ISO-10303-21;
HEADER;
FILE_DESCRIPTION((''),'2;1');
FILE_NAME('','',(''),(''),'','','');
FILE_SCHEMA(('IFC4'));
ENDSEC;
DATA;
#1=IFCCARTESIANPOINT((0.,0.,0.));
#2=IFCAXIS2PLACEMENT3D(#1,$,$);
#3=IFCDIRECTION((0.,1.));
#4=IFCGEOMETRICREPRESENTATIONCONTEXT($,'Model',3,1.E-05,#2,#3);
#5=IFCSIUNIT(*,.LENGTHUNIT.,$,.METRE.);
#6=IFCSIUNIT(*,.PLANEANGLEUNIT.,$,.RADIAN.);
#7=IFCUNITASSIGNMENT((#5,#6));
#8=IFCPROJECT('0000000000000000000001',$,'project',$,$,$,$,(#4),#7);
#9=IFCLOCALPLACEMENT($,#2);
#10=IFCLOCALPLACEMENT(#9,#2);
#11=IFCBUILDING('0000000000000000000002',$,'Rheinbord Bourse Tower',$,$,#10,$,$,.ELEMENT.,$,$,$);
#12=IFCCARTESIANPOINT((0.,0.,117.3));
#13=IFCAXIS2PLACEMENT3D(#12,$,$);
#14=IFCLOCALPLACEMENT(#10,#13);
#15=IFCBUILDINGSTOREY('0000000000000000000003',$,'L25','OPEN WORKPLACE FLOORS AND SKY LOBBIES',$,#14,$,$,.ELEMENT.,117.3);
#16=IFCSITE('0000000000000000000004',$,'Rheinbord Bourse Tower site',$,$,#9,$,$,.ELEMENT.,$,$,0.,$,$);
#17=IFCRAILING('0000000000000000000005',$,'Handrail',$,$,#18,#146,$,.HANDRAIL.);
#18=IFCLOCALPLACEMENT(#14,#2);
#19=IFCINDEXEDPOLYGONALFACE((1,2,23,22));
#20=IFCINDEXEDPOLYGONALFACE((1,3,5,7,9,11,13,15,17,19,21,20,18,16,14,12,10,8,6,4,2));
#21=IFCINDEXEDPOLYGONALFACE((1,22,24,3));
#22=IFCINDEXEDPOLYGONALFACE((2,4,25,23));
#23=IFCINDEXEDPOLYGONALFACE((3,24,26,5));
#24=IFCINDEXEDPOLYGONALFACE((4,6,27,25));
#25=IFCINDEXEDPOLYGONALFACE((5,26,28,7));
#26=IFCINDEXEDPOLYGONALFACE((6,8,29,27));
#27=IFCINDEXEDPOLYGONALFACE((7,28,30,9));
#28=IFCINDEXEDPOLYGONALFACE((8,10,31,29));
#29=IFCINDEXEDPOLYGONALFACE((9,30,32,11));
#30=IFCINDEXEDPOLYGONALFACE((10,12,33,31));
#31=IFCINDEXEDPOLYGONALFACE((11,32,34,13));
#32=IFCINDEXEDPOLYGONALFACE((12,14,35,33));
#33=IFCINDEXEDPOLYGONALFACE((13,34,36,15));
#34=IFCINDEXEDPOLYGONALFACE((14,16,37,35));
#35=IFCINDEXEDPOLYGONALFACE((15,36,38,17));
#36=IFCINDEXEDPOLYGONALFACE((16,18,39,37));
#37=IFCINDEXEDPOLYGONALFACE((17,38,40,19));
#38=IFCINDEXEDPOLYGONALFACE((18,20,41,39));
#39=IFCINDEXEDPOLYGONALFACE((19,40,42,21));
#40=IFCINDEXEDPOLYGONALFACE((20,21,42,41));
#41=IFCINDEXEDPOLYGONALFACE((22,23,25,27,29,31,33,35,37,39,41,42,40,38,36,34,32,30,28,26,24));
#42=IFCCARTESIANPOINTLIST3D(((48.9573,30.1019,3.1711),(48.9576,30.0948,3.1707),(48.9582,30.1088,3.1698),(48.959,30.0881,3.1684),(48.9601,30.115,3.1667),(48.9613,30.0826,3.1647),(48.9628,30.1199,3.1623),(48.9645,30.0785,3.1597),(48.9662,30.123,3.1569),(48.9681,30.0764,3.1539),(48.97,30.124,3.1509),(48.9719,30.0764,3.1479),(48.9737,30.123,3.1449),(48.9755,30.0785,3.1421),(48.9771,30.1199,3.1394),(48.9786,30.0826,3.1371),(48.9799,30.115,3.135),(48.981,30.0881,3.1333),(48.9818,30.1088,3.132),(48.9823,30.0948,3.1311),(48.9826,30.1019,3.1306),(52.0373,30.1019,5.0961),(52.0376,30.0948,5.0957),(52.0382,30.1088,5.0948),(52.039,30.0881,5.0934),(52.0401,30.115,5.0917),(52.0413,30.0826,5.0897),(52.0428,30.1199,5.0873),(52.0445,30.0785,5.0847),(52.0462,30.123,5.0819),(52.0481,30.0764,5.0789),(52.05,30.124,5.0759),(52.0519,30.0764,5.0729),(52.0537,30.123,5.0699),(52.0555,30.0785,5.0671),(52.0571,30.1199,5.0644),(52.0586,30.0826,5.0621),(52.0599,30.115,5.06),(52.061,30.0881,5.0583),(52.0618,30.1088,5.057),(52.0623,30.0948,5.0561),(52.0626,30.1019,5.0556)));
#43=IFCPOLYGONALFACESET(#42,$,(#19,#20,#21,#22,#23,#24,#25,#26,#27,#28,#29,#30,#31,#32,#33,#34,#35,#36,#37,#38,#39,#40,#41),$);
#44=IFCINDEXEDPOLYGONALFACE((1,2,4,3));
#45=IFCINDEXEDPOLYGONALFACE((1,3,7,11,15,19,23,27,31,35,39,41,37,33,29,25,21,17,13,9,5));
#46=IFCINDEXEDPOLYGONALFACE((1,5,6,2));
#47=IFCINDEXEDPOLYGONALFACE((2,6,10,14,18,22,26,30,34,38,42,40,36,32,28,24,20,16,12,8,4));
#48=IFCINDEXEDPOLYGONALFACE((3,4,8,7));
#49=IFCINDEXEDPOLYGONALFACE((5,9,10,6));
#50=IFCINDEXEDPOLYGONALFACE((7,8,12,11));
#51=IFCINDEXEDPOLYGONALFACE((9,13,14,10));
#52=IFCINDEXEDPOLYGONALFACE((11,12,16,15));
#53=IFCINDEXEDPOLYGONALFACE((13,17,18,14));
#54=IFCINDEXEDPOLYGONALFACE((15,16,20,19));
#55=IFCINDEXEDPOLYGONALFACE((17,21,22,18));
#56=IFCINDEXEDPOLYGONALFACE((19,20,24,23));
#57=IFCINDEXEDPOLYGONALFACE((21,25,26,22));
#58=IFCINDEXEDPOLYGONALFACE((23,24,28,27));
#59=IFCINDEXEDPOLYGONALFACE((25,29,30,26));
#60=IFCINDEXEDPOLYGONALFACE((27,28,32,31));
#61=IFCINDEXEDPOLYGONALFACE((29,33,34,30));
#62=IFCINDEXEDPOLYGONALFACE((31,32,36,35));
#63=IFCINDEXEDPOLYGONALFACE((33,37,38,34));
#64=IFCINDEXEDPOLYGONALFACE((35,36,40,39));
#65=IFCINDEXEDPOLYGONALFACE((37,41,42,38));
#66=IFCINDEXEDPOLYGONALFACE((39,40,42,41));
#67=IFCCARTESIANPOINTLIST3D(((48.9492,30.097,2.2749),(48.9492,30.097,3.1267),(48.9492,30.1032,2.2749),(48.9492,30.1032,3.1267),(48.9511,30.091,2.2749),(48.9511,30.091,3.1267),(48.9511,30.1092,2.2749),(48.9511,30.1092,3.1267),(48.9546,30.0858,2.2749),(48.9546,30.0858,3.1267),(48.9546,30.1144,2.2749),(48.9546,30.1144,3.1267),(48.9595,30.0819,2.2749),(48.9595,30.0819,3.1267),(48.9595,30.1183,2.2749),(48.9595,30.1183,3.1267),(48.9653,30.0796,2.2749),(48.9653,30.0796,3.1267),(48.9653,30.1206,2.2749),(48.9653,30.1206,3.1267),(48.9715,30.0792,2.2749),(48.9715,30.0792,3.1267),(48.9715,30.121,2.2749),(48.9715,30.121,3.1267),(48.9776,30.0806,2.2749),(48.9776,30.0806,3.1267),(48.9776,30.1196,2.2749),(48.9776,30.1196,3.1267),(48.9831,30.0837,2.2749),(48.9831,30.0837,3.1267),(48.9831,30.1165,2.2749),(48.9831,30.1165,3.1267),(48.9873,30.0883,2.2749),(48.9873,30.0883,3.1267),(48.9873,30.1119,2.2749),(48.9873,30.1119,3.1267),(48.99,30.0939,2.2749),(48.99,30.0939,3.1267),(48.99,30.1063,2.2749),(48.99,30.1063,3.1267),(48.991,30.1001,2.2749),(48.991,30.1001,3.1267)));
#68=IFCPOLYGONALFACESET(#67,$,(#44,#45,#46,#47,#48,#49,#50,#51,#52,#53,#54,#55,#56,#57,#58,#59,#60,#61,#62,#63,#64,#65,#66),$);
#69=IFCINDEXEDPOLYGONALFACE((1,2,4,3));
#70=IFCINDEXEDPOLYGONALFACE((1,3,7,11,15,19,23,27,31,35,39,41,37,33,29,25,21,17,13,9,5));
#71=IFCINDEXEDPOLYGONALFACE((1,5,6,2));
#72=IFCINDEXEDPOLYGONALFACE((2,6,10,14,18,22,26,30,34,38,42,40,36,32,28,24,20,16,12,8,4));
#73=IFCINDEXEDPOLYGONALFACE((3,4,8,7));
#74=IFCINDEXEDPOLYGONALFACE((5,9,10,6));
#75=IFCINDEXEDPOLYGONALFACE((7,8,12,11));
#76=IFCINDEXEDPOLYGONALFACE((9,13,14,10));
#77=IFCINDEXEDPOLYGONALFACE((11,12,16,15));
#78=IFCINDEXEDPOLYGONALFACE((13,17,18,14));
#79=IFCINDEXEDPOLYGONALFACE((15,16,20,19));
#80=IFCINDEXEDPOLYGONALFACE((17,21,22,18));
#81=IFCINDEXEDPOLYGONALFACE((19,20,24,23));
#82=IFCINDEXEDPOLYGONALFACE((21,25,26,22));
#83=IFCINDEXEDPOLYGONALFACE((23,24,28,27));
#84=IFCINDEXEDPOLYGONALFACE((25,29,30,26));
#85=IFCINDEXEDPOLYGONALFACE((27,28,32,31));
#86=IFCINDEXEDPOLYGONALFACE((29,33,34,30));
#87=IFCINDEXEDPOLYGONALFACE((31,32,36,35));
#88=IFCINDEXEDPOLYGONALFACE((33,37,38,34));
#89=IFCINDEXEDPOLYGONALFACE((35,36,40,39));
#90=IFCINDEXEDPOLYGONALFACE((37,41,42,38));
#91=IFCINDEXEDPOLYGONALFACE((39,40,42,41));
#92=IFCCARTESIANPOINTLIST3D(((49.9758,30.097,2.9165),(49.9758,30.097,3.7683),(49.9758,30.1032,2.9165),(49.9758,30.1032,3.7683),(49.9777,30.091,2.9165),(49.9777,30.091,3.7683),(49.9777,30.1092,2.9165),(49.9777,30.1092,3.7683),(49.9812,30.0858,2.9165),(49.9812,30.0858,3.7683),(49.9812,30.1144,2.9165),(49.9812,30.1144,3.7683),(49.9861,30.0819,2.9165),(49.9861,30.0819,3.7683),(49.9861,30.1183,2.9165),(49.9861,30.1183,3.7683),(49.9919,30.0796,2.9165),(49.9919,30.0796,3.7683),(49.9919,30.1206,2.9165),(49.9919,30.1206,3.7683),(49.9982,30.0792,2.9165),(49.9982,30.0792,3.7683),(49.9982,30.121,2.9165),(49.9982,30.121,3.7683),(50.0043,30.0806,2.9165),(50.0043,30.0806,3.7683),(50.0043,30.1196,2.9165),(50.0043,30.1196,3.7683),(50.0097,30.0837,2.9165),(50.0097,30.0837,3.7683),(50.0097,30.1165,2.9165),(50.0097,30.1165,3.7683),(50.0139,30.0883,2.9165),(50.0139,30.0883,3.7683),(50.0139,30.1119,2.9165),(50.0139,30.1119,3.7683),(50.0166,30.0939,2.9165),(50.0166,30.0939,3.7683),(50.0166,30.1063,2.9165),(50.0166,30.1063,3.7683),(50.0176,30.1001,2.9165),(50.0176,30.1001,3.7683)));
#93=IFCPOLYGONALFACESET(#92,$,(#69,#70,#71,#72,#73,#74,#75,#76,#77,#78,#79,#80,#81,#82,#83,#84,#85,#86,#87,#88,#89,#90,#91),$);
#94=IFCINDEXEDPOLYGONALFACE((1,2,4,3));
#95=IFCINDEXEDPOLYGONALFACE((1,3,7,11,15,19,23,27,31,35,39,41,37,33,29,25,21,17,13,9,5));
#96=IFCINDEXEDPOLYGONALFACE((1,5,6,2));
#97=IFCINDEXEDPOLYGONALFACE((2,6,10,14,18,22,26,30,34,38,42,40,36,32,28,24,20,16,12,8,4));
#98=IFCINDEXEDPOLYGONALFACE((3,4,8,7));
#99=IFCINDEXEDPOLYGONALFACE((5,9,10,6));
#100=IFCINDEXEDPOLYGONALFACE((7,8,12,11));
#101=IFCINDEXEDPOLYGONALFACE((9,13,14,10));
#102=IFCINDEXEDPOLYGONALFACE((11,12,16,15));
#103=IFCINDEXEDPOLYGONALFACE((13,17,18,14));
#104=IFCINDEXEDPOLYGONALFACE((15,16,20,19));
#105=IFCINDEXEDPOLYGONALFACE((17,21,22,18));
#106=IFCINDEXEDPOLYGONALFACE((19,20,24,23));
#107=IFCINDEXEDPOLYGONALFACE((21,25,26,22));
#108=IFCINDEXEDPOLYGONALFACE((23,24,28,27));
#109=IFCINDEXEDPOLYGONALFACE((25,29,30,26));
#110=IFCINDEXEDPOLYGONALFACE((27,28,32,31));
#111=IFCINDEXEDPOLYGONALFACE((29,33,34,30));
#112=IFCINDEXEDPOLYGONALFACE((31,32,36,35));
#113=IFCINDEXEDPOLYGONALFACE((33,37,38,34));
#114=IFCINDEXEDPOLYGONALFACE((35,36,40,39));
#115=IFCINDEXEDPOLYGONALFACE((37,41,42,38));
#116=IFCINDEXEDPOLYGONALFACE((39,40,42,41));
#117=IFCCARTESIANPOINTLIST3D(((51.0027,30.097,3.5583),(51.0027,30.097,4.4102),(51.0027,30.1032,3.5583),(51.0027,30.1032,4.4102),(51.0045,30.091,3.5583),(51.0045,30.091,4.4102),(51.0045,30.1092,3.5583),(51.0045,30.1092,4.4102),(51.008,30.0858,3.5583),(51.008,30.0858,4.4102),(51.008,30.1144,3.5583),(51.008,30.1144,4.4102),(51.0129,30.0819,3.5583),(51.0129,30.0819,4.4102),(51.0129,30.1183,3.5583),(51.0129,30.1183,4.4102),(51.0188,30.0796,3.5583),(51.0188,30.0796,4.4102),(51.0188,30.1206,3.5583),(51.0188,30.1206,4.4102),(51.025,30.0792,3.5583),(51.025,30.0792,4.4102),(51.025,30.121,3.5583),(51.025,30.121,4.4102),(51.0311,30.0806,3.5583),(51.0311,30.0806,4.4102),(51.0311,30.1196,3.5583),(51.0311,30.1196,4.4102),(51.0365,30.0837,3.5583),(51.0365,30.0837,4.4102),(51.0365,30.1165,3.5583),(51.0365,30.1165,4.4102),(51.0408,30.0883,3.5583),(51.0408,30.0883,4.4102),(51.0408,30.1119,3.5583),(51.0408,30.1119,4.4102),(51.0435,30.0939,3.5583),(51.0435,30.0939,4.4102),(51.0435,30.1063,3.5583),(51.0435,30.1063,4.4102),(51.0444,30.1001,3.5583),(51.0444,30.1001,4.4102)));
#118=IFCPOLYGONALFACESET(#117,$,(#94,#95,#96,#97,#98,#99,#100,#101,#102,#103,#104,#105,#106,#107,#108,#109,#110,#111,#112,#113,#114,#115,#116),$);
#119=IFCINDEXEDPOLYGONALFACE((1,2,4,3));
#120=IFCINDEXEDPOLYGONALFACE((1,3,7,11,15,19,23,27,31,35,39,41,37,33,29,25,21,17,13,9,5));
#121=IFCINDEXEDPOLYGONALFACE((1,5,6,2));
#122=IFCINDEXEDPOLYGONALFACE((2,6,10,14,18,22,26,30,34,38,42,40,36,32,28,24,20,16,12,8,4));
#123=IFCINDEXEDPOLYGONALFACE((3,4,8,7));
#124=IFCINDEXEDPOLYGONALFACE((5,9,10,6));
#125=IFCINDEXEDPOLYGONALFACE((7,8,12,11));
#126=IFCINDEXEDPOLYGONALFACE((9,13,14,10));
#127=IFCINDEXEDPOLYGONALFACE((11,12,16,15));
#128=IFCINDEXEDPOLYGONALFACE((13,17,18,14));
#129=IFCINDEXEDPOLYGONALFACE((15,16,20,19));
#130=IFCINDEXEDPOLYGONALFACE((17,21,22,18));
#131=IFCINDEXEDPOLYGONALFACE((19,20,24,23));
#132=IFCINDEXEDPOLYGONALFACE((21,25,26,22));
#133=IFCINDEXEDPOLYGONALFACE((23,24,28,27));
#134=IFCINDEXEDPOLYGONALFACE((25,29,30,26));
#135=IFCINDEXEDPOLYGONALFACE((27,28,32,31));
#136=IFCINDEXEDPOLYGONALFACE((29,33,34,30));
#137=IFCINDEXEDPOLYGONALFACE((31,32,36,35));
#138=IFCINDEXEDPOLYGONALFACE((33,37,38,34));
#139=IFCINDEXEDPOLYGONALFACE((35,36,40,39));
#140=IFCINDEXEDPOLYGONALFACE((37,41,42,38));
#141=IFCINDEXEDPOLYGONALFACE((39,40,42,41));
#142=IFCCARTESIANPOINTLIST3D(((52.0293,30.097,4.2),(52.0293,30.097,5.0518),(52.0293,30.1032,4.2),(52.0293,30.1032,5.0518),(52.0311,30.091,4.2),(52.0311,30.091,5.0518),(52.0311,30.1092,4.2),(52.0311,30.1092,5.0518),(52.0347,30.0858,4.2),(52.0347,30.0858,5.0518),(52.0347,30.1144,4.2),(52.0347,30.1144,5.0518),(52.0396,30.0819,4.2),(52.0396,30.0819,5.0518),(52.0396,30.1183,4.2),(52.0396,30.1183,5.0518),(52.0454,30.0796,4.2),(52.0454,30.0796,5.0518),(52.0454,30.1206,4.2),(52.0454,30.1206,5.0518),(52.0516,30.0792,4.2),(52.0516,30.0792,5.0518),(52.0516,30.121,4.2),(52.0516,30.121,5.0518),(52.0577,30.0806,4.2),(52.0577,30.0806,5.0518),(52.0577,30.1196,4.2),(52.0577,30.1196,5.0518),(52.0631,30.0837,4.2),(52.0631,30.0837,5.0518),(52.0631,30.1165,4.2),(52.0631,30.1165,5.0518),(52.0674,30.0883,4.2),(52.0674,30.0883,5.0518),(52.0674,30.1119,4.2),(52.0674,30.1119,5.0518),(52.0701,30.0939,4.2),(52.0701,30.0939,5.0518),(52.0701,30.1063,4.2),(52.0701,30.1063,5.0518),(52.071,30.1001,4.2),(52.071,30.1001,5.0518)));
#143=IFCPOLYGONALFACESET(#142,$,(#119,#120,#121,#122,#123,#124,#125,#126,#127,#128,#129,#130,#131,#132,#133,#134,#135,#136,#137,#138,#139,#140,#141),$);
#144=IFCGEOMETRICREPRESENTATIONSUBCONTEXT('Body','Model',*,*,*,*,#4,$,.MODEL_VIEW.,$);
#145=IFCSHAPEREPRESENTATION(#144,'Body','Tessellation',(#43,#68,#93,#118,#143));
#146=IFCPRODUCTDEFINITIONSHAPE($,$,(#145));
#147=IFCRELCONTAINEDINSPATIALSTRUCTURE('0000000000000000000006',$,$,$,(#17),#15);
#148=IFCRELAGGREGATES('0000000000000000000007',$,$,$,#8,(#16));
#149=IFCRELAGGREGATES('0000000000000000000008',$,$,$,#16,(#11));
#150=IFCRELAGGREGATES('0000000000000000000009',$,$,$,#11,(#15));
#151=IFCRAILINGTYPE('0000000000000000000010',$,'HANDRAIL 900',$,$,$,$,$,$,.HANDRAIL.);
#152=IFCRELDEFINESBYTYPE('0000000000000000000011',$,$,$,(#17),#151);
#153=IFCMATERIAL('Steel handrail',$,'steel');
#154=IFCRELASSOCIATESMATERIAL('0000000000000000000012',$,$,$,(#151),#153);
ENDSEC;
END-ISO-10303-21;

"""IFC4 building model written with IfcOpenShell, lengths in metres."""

from ifc_helpers import new_model, si_unit, direction, frame, origin, origin_2d, place, context, subcontext, project, spatial, circle, extrude, material, type_object, element, save


model = new_model("IFC4")

# Units and contexts
model_context = context("Model", 3, precision=1e-05, world=origin(), true_north=direction((0.0, 1.0)))
body_context = subcontext(model_context, "Body", "Model", "MODEL_VIEW")
ifc_project = project(units=[si_unit("LENGTHUNIT", "METRE"), si_unit("PLANEANGLEUNIT", "RADIAN")], contexts=[model_context])

# Site, building, storey
site_placement = place(None, origin())
site = spatial("IfcSite", under=ifc_project, at=site_placement, Name="Rheinbord Bourse Tower site", CompositionType="ELEMENT", RefElevation=0.0)
building_placement = place(site_placement, origin())
building = spatial("IfcBuilding", under=site, at=building_placement, Name="Rheinbord Bourse Tower", CompositionType="ELEMENT")
storey_placement = place(building_placement, frame((0.0, 0.0, 117.3)))
storey = spatial("IfcBuildingStorey", under=building, at=storey_placement, Name="L25", Description="OPEN WORKPLACE FLOORS AND SKY LOBBIES", CompositionType="ELEMENT", Elevation=117.3)

# Railing
ifc_material_1 = material(Name="Steel handrail", Category="steel")
railing_type = type_object("IfcRailingType", Name="HANDRAIL 900", PredefinedType="HANDRAIL", material=ifc_material_1)
railing_1_placement = place(storey_placement, frame((48.97, 30.1001, 2.2749)))
element("IfcRailing", 1, at=railing_1_placement, inside=storey, type_object=railing_type, Name="Handrail", PredefinedType="HANDRAIL", context=body_context, shape_type="SweptSolid", body=[
    extrude(circle(Radius=0.0239, at=origin_2d()), frame((0.0, 0.0, 0.876), z_axis=(0.847998, 0.0, 0.529999), x_axis=(0.0, 1.0, 0.0)), (0.0, 0.0, 1.0), 3.6321),
    extrude(circle(Radius=0.021, at=origin_2d()), origin(), (0.0, 0.0, 1.0), 0.8518),
    extrude(circle(Radius=0.021, at=origin_2d()), frame((1.0266, 0.0, 0.6416)), (0.0, 0.0, 1.0), 0.8518),
    extrude(circle(Radius=0.021, at=origin_2d()), frame((2.0535, 0.0, 1.2834)), (0.0, 0.0, 1.0), 0.8518),
    extrude(circle(Radius=0.021, at=origin_2d()), frame((3.0801, 0.0, 1.925)), (0.0, 0.0, 1.0), 0.8518),
])

save(model, "model.ifc")
